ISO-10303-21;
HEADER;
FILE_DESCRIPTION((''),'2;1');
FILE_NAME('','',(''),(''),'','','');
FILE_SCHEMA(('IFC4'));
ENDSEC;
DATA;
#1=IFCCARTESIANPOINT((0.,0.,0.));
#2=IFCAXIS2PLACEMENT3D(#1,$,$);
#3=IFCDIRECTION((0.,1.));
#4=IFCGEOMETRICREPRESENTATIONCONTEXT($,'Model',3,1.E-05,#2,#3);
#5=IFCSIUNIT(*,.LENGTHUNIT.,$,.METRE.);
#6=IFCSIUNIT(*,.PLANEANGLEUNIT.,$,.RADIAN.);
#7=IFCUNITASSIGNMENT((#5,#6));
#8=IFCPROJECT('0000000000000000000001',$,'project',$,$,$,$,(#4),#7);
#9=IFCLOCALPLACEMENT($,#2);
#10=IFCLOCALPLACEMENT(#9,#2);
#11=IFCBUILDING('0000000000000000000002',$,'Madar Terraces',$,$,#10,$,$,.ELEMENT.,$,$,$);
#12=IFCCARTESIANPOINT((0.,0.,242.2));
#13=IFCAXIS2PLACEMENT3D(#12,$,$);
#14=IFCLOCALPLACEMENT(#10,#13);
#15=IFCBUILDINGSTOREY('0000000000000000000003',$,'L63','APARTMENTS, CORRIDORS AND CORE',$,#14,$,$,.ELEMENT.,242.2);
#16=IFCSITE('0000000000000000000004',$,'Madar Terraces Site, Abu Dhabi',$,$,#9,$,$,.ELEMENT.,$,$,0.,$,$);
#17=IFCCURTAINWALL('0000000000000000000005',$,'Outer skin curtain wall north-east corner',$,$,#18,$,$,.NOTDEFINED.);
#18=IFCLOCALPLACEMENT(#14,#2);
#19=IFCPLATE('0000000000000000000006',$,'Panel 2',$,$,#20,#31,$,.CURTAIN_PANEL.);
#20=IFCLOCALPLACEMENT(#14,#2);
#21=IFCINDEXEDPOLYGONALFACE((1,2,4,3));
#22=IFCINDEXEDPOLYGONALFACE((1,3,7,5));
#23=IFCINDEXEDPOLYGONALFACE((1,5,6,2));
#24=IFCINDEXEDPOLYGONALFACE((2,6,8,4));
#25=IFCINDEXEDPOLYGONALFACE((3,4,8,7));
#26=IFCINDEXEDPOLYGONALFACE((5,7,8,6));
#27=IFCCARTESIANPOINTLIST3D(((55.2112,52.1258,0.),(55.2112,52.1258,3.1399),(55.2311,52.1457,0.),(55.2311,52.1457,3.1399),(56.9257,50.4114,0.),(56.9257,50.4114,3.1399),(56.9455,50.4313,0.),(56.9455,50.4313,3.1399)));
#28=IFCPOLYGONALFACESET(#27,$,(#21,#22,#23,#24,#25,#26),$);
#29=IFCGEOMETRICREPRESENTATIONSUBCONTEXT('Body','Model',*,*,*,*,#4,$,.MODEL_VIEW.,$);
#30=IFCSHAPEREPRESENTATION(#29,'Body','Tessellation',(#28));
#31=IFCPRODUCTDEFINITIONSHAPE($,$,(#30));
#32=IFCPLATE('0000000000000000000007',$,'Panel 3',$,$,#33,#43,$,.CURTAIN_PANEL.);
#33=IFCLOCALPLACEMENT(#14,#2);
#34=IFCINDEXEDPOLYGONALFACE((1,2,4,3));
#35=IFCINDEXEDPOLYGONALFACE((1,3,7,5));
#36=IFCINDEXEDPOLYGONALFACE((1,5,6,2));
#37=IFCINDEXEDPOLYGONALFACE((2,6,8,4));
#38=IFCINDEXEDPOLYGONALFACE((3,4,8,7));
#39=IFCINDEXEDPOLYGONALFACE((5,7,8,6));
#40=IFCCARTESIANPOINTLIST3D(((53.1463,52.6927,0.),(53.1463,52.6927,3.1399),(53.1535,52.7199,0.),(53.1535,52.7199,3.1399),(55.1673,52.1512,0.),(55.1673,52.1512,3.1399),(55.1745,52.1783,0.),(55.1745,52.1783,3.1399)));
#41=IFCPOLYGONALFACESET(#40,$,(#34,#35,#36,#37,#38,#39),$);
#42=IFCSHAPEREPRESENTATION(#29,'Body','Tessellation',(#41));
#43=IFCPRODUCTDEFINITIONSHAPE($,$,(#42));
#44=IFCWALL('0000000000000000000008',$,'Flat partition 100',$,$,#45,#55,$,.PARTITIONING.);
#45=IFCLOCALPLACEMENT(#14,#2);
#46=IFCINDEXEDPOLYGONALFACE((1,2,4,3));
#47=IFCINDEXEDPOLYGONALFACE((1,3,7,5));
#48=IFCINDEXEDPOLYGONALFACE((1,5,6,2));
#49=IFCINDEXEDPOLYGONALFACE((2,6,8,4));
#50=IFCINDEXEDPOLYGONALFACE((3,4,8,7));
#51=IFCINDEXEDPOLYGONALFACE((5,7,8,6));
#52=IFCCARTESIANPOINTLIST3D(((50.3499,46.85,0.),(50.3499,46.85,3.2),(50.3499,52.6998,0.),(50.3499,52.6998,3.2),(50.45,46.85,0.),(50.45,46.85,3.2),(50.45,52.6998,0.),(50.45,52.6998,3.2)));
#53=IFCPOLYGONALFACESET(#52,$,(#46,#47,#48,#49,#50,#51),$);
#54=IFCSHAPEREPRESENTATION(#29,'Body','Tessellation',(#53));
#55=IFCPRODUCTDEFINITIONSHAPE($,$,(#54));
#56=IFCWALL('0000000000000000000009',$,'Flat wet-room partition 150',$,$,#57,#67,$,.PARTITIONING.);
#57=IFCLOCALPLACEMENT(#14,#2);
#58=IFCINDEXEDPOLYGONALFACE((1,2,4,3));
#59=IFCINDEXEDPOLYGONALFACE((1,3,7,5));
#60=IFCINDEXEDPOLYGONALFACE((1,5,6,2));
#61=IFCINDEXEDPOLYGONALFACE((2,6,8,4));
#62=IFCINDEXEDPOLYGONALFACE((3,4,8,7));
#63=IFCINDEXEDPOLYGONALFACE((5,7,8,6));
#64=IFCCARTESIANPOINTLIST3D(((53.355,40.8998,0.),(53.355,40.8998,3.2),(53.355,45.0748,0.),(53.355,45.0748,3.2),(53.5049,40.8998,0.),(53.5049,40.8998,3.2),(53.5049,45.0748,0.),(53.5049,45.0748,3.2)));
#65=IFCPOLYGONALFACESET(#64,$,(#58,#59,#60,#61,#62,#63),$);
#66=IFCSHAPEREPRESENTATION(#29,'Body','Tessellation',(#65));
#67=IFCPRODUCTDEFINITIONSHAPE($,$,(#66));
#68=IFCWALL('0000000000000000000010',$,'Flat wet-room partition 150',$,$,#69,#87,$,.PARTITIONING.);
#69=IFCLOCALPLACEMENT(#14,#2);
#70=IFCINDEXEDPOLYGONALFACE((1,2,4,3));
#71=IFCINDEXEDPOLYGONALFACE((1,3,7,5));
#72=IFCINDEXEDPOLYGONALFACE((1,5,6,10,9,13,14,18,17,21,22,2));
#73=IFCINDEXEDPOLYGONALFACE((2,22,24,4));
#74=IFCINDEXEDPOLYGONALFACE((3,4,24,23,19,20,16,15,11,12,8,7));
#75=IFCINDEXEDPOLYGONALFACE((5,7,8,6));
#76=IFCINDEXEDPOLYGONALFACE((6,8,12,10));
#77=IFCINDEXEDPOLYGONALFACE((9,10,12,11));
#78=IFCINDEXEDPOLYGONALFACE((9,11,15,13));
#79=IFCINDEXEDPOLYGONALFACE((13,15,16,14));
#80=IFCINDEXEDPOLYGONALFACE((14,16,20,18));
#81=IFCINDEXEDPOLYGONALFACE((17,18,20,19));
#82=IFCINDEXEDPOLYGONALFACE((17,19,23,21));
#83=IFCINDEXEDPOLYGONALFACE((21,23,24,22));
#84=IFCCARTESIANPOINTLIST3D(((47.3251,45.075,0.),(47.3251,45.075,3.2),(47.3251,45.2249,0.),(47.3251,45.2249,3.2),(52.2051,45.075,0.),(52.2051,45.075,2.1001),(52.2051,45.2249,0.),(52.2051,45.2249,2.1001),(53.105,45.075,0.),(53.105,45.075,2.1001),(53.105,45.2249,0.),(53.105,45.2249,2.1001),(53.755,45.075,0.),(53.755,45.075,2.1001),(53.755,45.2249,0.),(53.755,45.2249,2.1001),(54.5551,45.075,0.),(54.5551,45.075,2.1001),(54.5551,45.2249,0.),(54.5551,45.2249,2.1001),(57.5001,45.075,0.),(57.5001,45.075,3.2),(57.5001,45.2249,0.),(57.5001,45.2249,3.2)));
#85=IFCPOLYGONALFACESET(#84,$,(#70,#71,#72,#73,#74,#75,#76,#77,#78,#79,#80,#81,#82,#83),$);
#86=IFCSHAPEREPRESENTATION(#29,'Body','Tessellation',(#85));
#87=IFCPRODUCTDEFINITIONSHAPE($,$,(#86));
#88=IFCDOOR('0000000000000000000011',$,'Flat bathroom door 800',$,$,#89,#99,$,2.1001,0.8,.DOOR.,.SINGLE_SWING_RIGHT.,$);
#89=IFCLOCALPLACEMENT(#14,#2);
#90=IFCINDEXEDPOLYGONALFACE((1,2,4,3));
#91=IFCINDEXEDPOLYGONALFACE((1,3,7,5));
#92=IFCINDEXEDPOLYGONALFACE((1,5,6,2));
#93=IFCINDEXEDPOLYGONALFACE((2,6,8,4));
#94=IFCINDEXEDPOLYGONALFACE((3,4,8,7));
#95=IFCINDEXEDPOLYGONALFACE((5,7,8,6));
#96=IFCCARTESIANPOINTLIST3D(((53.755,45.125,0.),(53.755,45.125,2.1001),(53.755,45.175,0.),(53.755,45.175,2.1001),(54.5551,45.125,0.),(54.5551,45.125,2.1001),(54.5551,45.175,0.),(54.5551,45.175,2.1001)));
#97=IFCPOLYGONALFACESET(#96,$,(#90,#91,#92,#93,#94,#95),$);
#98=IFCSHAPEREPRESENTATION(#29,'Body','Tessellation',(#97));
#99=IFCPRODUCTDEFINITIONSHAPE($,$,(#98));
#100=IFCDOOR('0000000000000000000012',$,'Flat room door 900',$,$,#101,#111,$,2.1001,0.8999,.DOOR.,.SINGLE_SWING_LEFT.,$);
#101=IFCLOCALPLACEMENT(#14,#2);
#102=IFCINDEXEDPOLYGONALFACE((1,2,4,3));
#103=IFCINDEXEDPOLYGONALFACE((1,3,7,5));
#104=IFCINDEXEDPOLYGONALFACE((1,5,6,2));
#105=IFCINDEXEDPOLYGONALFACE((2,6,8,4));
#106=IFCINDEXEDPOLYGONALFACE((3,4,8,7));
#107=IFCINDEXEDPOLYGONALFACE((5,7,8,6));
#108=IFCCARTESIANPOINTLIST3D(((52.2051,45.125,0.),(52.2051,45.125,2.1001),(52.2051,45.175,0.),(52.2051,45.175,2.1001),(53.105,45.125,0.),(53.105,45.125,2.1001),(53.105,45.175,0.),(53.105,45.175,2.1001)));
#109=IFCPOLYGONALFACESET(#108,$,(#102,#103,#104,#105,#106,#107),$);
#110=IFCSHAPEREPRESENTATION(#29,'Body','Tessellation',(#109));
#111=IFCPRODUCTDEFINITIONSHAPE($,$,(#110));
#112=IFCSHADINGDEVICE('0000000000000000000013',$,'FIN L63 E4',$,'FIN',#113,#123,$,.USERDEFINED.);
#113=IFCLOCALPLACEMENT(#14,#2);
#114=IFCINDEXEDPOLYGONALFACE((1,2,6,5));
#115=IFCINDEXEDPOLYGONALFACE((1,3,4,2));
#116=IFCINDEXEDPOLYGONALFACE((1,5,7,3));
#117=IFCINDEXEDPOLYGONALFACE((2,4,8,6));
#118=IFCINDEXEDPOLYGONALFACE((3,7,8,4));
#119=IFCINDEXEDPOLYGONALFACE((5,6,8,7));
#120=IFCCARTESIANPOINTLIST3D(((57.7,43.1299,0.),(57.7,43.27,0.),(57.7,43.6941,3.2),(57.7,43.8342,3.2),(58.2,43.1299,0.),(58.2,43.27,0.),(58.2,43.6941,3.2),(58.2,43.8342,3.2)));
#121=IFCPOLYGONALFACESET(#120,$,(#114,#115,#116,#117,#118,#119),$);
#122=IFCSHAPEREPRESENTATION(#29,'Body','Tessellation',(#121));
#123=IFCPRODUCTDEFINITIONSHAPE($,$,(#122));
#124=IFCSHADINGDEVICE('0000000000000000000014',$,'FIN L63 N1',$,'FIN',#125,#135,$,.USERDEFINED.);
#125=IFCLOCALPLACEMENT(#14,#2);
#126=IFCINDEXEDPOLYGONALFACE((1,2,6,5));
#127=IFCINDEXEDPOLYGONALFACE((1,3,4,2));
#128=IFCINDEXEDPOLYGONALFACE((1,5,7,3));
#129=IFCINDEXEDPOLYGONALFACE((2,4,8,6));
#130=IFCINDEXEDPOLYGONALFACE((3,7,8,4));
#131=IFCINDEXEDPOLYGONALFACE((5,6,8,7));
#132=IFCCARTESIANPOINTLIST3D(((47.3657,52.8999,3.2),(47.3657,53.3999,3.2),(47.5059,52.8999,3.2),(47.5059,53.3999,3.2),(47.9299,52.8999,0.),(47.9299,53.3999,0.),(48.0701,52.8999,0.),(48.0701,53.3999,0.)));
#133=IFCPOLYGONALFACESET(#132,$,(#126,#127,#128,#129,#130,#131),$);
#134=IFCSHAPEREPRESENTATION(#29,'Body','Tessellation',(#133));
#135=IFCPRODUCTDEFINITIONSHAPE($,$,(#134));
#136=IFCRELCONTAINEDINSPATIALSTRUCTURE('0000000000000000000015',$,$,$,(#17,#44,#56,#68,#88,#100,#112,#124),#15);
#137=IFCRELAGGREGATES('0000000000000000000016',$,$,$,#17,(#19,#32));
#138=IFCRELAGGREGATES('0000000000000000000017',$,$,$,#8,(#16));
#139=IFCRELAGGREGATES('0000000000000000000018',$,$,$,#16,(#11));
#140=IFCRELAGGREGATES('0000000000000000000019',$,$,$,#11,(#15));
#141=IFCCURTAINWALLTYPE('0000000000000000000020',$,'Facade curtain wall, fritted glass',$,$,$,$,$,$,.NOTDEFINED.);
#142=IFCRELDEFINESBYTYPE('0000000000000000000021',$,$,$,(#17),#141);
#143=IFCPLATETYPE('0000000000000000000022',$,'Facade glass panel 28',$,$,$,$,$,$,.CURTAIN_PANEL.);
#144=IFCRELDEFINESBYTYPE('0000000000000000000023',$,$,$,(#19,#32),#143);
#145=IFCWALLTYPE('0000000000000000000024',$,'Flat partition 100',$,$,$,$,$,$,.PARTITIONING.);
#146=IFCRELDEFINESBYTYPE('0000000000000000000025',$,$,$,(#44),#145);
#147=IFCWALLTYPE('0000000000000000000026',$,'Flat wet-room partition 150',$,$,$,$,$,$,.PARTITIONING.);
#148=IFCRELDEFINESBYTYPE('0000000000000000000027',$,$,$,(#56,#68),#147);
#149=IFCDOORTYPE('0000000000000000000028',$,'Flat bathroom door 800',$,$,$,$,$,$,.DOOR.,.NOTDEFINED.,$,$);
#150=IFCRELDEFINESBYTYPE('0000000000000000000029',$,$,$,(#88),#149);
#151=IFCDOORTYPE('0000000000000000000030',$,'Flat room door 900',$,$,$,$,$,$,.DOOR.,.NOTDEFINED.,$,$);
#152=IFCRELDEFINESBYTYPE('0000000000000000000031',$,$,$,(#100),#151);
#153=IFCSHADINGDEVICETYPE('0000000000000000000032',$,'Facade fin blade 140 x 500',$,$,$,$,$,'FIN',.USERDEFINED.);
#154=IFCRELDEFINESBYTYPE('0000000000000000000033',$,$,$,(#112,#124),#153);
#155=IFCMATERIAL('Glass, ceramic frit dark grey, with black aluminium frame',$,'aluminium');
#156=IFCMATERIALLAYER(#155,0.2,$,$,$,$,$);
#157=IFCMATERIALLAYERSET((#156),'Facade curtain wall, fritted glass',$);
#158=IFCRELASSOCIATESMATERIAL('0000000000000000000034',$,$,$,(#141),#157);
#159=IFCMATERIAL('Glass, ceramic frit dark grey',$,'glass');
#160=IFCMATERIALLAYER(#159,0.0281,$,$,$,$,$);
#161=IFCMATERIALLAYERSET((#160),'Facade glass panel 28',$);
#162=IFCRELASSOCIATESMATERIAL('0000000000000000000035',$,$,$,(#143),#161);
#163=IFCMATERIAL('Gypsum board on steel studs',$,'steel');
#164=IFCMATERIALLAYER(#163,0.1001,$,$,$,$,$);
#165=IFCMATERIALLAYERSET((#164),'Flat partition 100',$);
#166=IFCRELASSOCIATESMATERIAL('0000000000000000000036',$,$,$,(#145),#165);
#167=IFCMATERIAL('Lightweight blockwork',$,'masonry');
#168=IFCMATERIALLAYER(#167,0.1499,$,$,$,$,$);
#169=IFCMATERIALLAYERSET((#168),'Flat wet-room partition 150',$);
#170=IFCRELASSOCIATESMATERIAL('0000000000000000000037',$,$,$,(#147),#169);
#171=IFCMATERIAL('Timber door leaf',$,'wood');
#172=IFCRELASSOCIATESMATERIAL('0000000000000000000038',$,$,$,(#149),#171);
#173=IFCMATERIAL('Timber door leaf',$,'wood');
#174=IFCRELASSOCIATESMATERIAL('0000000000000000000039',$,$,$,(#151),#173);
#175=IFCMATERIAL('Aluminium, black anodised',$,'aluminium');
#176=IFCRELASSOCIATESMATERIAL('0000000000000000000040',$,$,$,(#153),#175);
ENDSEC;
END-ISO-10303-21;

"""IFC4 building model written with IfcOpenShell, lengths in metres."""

from ifc_helpers import new_model, si_unit, direction, frame, frame_2d, origin, origin_2d, place, context, subcontext, project, spatial, polyline, rectangle, outline, extrude, material, layer, layer_set, type_object, element, fill, aggregate, save


model = new_model("IFC4")

# Units and contexts
model_context = context("Model", 3, precision=1e-05, world=origin(), true_north=direction((0.0, 1.0)))
body_context = subcontext(model_context, "Body", "Model", "MODEL_VIEW")
ifc_project = project(units=[si_unit("LENGTHUNIT", "METRE"), si_unit("PLANEANGLEUNIT", "RADIAN")], contexts=[model_context])

# Site, building, storey
site_placement = place(None, origin())
site = spatial("IfcSite", under=ifc_project, at=site_placement, Name="Madar Terraces Site, Abu Dhabi", CompositionType="ELEMENT", RefElevation=0.0)
building_placement = place(site_placement, origin())
building = spatial("IfcBuilding", under=site, at=building_placement, Name="Madar Terraces", CompositionType="ELEMENT")
storey_placement = place(building_placement, frame((0.0, 0.0, 242.2)))
storey = spatial("IfcBuildingStorey", under=building, at=storey_placement, Name="L63", Description="APARTMENTS, CORRIDORS AND CORE", CompositionType="ELEMENT", Elevation=242.2)

# Shared definitions
ifc_material_1 = material(Name="Glass, ceramic frit dark grey, with black aluminium frame", Category="aluminium")
ifc_layer_1 = layer(ifc_material_1, 0.2)
ifc_layer_set_1 = layer_set([ifc_layer_1], Name="Facade curtain wall, fritted glass")
curtain_wall_type = type_object("IfcCurtainWallType", Name="Facade curtain wall, fritted glass", PredefinedType="NOTDEFINED", material=ifc_layer_set_1)

# Curtain wall
curtain_wall_1_placement = place(storey_placement, origin())
curtain_wall_1 = element("IfcCurtainWall", 1, at=curtain_wall_1_placement, inside=storey, type_object=curtain_wall_type, Name="Outer skin curtain wall north-east corner", PredefinedType="NOTDEFINED")

# Plates
ifc_material_2 = material(Name="Glass, ceramic frit dark grey", Category="glass")
ifc_layer_2 = layer(ifc_material_2, 0.0281)
ifc_layer_set_2 = layer_set([ifc_layer_2], Name="Facade glass panel 28")
plate_type = type_object("IfcPlateType", Name="Facade glass panel 28", PredefinedType="CURTAIN_PANEL", material=ifc_layer_set_2)
plate_1_placement = place(storey_placement, frame((56.0784, 51.2786, 0.0), z_axis=(0.0, 0.0, 1.0), x_axis=(-0.707107, 0.707107, 0.0)))
plate_1 = element("IfcPlate", 2, at=plate_1_placement, type_object=plate_type, Name="Panel 2", PredefinedType="CURTAIN_PANEL", context=body_context, shape_type="SweptSolid", body=[
    extrude(rectangle(XDim=2.4246, YDim=0.0281, at=origin_2d()), origin(), (0.0, 0.0, 1.0), 3.1399),
])
plate_2_placement = place(storey_placement, frame((54.1604, 52.4355, 0.0), z_axis=(0.0, 0.0, 1.0), x_axis=(-0.965926, 0.258819, 0.0)))
plate_2 = element("IfcPlate", 3, at=plate_2_placement, type_object=plate_type, Name="Panel 3", PredefinedType="CURTAIN_PANEL", context=body_context, shape_type="SweptSolid", body=[
    extrude(rectangle(XDim=2.0923, YDim=0.0281, at=origin_2d()), origin(), (0.0, 0.0, 1.0), 3.1399),
])
aggregate(curtain_wall_1, [plate_1, plate_2])

# Walls
ifc_material_3 = material(Name="Gypsum board on steel studs", Category="steel")
ifc_layer_3 = layer(ifc_material_3, 0.1001)
ifc_layer_set_3 = layer_set([ifc_layer_3], Name="Flat partition 100")
wall_type_1 = type_object("IfcWallType", Name="Flat partition 100", PredefinedType="PARTITIONING", material=ifc_layer_set_3)
wall_1_placement = place(storey_placement, frame((50.3999, 46.8501, 0.0), z_axis=(0.0, 0.0, 1.0), x_axis=(0.0, 1.0, 0.0)))
element("IfcWall", 4, at=wall_1_placement, inside=storey, type_object=wall_type_1, Name="Flat partition 100", PredefinedType="PARTITIONING", context=body_context, shape_type="SweptSolid", body=[
    extrude(rectangle(XDim=5.8499, YDim=0.1001, at=frame_2d((2.9248, 0.0))), origin(), (0.0, 0.0, 1.0), 3.2),
])
ifc_material_4 = material(Name="Lightweight blockwork", Category="masonry")
ifc_layer_4 = layer(ifc_material_4, 0.1499)
ifc_layer_set_4 = layer_set([ifc_layer_4], Name="Flat wet-room partition 150")
wall_type_2 = type_object("IfcWallType", Name="Flat wet-room partition 150", PredefinedType="PARTITIONING", material=ifc_layer_set_4)
wall_2_placement = place(storey_placement, frame((53.4299, 40.8999, 0.0), z_axis=(0.0, 0.0, 1.0), x_axis=(0.0, 1.0, 0.0)))
element("IfcWall", 5, at=wall_2_placement, inside=storey, type_object=wall_type_2, Name="Flat wet-room partition 150", PredefinedType="PARTITIONING", context=body_context, shape_type="SweptSolid", body=[
    extrude(rectangle(XDim=4.175, YDim=0.1499, at=frame_2d((2.0874, 0.0))), origin(), (0.0, 0.0, 1.0), 3.2),
])

# Wall, openings, doors
wall_3_placement = place(storey_placement, frame((57.5, 45.1499, 0.0), z_axis=(0.0, 0.0, 1.0), x_axis=(-1.0, 0.0, 0.0)))
wall_3 = element("IfcWall", 6, at=wall_3_placement, inside=storey, type_object=wall_type_2, Name="Flat wet-room partition 150", PredefinedType="PARTITIONING", context=body_context, shape_type="SweptSolid", body=[
    extrude(rectangle(XDim=10.175, YDim=0.1499, at=frame_2d((5.0874, 0.0))), origin(), (0.0, 0.0, 1.0), 3.2),
])
opening_1_placement = place(wall_3_placement, frame((4.395, 0.0, 0.0)))
opening_1 = element("IfcOpeningElement", 7, at=opening_1_placement, cuts=wall_3, PredefinedType="OPENING", context=body_context, shape_type="SweptSolid", body=[
    extrude(rectangle(XDim=0.8999, YDim=2.1001, at=frame_2d((0.45, 1.05))), frame((0.0, 0.085, 0.0), z_axis=(0.0, -1.0, 0.0), x_axis=(1.0, 0.0, 0.0)), (0.0, 0.0, 1.0), 0.1699),
])
opening_2_placement = place(wall_3_placement, frame((2.9451, 0.0, 0.0)))
opening_2 = element("IfcOpeningElement", 8, at=opening_2_placement, cuts=wall_3, PredefinedType="OPENING", context=body_context, shape_type="SweptSolid", body=[
    extrude(rectangle(XDim=0.8, YDim=2.1001, at=frame_2d((0.3999, 1.05))), frame((0.0, 0.085, 0.0), z_axis=(0.0, -1.0, 0.0), x_axis=(1.0, 0.0, 0.0)), (0.0, 0.0, 1.0), 0.1699),
])
ifc_material_5 = material(Name="Timber door leaf", Category="wood")
door_type_1 = type_object("IfcDoorType", Name="Flat bathroom door 800", OperationType="NOTDEFINED", PredefinedType="DOOR", material=ifc_material_5)
door_1_placement = place(opening_2_placement, origin())
door_1 = element("IfcDoor", 9, at=door_1_placement, inside=storey, type_object=door_type_1, Name="Flat bathroom door 800", OperationType="SINGLE_SWING_RIGHT", OverallHeight=2.1001, OverallWidth=0.8, PredefinedType="DOOR", context=body_context, shape_type="SweptSolid", body=[
    extrude(rectangle(XDim=0.8, YDim=2.1001, at=frame_2d((0.3999, 1.05))), frame((0.0, 0.0249, 0.0), z_axis=(0.0, -1.0, 0.0), x_axis=(1.0, 0.0, 0.0)), (0.0, 0.0, 1.0), 0.05),
])
fill(opening_2, door_1)
ifc_material_6 = material(Name="Timber door leaf", Category="wood")
door_type_2 = type_object("IfcDoorType", Name="Flat room door 900", OperationType="NOTDEFINED", PredefinedType="DOOR", material=ifc_material_6)
door_2_placement = place(opening_1_placement, origin())
door_2 = element("IfcDoor", 10, at=door_2_placement, inside=storey, type_object=door_type_2, Name="Flat room door 900", OperationType="SINGLE_SWING_LEFT", OverallHeight=2.1001, OverallWidth=0.8999, PredefinedType="DOOR", context=body_context, shape_type="SweptSolid", body=[
    extrude(rectangle(XDim=0.8999, YDim=2.1001, at=frame_2d((0.45, 1.05))), frame((0.0, 0.0249, 0.0), z_axis=(0.0, -1.0, 0.0), x_axis=(1.0, 0.0, 0.0)), (0.0, 0.0, 1.0), 0.05),
])
fill(opening_1, door_2)

# Shading devices
ifc_material_7 = material(Name="Aluminium, black anodised", Category="aluminium")
shading_device_type = type_object("IfcShadingDeviceType", Name="Facade fin blade 140 x 500", ElementType="FIN", PredefinedType="USERDEFINED", material=ifc_material_7)
for number, where, z_axis, x_axis, name in (
    (11, (57.95, 43.1299, 0.0), (0.0, 0.0, 1.0), (0.0, 1.0, 0.0), "FIN L63 E4"),
    (12, (48.0701, 53.1499, 0.0), (0.0, 0.0, 1.0), (-1.0, 0.0, 0.0), "FIN L63 N1"),
):
    element("IfcShadingDevice", number, at=place(storey_placement, frame(where, z_axis=z_axis, x_axis=x_axis)), inside=storey, type_object=shading_device_type, Name=name, ObjectType="FIN", PredefinedType="USERDEFINED", context=body_context, shape_type="SweptSolid", body=[
        extrude(outline(polyline([(0.0, 0.0), (0.1401, 0.0), (0.7043, 3.2), (0.5642, 3.2), (0.0, 0.0)])), frame((0.0, 0.25, 0.0), z_axis=(0.0, -1.0, 0.0), x_axis=(1.0, 0.0, 0.0)), (0.0, 0.0, 1.0), 0.5),
    ])

save(model, "model.ifc")
